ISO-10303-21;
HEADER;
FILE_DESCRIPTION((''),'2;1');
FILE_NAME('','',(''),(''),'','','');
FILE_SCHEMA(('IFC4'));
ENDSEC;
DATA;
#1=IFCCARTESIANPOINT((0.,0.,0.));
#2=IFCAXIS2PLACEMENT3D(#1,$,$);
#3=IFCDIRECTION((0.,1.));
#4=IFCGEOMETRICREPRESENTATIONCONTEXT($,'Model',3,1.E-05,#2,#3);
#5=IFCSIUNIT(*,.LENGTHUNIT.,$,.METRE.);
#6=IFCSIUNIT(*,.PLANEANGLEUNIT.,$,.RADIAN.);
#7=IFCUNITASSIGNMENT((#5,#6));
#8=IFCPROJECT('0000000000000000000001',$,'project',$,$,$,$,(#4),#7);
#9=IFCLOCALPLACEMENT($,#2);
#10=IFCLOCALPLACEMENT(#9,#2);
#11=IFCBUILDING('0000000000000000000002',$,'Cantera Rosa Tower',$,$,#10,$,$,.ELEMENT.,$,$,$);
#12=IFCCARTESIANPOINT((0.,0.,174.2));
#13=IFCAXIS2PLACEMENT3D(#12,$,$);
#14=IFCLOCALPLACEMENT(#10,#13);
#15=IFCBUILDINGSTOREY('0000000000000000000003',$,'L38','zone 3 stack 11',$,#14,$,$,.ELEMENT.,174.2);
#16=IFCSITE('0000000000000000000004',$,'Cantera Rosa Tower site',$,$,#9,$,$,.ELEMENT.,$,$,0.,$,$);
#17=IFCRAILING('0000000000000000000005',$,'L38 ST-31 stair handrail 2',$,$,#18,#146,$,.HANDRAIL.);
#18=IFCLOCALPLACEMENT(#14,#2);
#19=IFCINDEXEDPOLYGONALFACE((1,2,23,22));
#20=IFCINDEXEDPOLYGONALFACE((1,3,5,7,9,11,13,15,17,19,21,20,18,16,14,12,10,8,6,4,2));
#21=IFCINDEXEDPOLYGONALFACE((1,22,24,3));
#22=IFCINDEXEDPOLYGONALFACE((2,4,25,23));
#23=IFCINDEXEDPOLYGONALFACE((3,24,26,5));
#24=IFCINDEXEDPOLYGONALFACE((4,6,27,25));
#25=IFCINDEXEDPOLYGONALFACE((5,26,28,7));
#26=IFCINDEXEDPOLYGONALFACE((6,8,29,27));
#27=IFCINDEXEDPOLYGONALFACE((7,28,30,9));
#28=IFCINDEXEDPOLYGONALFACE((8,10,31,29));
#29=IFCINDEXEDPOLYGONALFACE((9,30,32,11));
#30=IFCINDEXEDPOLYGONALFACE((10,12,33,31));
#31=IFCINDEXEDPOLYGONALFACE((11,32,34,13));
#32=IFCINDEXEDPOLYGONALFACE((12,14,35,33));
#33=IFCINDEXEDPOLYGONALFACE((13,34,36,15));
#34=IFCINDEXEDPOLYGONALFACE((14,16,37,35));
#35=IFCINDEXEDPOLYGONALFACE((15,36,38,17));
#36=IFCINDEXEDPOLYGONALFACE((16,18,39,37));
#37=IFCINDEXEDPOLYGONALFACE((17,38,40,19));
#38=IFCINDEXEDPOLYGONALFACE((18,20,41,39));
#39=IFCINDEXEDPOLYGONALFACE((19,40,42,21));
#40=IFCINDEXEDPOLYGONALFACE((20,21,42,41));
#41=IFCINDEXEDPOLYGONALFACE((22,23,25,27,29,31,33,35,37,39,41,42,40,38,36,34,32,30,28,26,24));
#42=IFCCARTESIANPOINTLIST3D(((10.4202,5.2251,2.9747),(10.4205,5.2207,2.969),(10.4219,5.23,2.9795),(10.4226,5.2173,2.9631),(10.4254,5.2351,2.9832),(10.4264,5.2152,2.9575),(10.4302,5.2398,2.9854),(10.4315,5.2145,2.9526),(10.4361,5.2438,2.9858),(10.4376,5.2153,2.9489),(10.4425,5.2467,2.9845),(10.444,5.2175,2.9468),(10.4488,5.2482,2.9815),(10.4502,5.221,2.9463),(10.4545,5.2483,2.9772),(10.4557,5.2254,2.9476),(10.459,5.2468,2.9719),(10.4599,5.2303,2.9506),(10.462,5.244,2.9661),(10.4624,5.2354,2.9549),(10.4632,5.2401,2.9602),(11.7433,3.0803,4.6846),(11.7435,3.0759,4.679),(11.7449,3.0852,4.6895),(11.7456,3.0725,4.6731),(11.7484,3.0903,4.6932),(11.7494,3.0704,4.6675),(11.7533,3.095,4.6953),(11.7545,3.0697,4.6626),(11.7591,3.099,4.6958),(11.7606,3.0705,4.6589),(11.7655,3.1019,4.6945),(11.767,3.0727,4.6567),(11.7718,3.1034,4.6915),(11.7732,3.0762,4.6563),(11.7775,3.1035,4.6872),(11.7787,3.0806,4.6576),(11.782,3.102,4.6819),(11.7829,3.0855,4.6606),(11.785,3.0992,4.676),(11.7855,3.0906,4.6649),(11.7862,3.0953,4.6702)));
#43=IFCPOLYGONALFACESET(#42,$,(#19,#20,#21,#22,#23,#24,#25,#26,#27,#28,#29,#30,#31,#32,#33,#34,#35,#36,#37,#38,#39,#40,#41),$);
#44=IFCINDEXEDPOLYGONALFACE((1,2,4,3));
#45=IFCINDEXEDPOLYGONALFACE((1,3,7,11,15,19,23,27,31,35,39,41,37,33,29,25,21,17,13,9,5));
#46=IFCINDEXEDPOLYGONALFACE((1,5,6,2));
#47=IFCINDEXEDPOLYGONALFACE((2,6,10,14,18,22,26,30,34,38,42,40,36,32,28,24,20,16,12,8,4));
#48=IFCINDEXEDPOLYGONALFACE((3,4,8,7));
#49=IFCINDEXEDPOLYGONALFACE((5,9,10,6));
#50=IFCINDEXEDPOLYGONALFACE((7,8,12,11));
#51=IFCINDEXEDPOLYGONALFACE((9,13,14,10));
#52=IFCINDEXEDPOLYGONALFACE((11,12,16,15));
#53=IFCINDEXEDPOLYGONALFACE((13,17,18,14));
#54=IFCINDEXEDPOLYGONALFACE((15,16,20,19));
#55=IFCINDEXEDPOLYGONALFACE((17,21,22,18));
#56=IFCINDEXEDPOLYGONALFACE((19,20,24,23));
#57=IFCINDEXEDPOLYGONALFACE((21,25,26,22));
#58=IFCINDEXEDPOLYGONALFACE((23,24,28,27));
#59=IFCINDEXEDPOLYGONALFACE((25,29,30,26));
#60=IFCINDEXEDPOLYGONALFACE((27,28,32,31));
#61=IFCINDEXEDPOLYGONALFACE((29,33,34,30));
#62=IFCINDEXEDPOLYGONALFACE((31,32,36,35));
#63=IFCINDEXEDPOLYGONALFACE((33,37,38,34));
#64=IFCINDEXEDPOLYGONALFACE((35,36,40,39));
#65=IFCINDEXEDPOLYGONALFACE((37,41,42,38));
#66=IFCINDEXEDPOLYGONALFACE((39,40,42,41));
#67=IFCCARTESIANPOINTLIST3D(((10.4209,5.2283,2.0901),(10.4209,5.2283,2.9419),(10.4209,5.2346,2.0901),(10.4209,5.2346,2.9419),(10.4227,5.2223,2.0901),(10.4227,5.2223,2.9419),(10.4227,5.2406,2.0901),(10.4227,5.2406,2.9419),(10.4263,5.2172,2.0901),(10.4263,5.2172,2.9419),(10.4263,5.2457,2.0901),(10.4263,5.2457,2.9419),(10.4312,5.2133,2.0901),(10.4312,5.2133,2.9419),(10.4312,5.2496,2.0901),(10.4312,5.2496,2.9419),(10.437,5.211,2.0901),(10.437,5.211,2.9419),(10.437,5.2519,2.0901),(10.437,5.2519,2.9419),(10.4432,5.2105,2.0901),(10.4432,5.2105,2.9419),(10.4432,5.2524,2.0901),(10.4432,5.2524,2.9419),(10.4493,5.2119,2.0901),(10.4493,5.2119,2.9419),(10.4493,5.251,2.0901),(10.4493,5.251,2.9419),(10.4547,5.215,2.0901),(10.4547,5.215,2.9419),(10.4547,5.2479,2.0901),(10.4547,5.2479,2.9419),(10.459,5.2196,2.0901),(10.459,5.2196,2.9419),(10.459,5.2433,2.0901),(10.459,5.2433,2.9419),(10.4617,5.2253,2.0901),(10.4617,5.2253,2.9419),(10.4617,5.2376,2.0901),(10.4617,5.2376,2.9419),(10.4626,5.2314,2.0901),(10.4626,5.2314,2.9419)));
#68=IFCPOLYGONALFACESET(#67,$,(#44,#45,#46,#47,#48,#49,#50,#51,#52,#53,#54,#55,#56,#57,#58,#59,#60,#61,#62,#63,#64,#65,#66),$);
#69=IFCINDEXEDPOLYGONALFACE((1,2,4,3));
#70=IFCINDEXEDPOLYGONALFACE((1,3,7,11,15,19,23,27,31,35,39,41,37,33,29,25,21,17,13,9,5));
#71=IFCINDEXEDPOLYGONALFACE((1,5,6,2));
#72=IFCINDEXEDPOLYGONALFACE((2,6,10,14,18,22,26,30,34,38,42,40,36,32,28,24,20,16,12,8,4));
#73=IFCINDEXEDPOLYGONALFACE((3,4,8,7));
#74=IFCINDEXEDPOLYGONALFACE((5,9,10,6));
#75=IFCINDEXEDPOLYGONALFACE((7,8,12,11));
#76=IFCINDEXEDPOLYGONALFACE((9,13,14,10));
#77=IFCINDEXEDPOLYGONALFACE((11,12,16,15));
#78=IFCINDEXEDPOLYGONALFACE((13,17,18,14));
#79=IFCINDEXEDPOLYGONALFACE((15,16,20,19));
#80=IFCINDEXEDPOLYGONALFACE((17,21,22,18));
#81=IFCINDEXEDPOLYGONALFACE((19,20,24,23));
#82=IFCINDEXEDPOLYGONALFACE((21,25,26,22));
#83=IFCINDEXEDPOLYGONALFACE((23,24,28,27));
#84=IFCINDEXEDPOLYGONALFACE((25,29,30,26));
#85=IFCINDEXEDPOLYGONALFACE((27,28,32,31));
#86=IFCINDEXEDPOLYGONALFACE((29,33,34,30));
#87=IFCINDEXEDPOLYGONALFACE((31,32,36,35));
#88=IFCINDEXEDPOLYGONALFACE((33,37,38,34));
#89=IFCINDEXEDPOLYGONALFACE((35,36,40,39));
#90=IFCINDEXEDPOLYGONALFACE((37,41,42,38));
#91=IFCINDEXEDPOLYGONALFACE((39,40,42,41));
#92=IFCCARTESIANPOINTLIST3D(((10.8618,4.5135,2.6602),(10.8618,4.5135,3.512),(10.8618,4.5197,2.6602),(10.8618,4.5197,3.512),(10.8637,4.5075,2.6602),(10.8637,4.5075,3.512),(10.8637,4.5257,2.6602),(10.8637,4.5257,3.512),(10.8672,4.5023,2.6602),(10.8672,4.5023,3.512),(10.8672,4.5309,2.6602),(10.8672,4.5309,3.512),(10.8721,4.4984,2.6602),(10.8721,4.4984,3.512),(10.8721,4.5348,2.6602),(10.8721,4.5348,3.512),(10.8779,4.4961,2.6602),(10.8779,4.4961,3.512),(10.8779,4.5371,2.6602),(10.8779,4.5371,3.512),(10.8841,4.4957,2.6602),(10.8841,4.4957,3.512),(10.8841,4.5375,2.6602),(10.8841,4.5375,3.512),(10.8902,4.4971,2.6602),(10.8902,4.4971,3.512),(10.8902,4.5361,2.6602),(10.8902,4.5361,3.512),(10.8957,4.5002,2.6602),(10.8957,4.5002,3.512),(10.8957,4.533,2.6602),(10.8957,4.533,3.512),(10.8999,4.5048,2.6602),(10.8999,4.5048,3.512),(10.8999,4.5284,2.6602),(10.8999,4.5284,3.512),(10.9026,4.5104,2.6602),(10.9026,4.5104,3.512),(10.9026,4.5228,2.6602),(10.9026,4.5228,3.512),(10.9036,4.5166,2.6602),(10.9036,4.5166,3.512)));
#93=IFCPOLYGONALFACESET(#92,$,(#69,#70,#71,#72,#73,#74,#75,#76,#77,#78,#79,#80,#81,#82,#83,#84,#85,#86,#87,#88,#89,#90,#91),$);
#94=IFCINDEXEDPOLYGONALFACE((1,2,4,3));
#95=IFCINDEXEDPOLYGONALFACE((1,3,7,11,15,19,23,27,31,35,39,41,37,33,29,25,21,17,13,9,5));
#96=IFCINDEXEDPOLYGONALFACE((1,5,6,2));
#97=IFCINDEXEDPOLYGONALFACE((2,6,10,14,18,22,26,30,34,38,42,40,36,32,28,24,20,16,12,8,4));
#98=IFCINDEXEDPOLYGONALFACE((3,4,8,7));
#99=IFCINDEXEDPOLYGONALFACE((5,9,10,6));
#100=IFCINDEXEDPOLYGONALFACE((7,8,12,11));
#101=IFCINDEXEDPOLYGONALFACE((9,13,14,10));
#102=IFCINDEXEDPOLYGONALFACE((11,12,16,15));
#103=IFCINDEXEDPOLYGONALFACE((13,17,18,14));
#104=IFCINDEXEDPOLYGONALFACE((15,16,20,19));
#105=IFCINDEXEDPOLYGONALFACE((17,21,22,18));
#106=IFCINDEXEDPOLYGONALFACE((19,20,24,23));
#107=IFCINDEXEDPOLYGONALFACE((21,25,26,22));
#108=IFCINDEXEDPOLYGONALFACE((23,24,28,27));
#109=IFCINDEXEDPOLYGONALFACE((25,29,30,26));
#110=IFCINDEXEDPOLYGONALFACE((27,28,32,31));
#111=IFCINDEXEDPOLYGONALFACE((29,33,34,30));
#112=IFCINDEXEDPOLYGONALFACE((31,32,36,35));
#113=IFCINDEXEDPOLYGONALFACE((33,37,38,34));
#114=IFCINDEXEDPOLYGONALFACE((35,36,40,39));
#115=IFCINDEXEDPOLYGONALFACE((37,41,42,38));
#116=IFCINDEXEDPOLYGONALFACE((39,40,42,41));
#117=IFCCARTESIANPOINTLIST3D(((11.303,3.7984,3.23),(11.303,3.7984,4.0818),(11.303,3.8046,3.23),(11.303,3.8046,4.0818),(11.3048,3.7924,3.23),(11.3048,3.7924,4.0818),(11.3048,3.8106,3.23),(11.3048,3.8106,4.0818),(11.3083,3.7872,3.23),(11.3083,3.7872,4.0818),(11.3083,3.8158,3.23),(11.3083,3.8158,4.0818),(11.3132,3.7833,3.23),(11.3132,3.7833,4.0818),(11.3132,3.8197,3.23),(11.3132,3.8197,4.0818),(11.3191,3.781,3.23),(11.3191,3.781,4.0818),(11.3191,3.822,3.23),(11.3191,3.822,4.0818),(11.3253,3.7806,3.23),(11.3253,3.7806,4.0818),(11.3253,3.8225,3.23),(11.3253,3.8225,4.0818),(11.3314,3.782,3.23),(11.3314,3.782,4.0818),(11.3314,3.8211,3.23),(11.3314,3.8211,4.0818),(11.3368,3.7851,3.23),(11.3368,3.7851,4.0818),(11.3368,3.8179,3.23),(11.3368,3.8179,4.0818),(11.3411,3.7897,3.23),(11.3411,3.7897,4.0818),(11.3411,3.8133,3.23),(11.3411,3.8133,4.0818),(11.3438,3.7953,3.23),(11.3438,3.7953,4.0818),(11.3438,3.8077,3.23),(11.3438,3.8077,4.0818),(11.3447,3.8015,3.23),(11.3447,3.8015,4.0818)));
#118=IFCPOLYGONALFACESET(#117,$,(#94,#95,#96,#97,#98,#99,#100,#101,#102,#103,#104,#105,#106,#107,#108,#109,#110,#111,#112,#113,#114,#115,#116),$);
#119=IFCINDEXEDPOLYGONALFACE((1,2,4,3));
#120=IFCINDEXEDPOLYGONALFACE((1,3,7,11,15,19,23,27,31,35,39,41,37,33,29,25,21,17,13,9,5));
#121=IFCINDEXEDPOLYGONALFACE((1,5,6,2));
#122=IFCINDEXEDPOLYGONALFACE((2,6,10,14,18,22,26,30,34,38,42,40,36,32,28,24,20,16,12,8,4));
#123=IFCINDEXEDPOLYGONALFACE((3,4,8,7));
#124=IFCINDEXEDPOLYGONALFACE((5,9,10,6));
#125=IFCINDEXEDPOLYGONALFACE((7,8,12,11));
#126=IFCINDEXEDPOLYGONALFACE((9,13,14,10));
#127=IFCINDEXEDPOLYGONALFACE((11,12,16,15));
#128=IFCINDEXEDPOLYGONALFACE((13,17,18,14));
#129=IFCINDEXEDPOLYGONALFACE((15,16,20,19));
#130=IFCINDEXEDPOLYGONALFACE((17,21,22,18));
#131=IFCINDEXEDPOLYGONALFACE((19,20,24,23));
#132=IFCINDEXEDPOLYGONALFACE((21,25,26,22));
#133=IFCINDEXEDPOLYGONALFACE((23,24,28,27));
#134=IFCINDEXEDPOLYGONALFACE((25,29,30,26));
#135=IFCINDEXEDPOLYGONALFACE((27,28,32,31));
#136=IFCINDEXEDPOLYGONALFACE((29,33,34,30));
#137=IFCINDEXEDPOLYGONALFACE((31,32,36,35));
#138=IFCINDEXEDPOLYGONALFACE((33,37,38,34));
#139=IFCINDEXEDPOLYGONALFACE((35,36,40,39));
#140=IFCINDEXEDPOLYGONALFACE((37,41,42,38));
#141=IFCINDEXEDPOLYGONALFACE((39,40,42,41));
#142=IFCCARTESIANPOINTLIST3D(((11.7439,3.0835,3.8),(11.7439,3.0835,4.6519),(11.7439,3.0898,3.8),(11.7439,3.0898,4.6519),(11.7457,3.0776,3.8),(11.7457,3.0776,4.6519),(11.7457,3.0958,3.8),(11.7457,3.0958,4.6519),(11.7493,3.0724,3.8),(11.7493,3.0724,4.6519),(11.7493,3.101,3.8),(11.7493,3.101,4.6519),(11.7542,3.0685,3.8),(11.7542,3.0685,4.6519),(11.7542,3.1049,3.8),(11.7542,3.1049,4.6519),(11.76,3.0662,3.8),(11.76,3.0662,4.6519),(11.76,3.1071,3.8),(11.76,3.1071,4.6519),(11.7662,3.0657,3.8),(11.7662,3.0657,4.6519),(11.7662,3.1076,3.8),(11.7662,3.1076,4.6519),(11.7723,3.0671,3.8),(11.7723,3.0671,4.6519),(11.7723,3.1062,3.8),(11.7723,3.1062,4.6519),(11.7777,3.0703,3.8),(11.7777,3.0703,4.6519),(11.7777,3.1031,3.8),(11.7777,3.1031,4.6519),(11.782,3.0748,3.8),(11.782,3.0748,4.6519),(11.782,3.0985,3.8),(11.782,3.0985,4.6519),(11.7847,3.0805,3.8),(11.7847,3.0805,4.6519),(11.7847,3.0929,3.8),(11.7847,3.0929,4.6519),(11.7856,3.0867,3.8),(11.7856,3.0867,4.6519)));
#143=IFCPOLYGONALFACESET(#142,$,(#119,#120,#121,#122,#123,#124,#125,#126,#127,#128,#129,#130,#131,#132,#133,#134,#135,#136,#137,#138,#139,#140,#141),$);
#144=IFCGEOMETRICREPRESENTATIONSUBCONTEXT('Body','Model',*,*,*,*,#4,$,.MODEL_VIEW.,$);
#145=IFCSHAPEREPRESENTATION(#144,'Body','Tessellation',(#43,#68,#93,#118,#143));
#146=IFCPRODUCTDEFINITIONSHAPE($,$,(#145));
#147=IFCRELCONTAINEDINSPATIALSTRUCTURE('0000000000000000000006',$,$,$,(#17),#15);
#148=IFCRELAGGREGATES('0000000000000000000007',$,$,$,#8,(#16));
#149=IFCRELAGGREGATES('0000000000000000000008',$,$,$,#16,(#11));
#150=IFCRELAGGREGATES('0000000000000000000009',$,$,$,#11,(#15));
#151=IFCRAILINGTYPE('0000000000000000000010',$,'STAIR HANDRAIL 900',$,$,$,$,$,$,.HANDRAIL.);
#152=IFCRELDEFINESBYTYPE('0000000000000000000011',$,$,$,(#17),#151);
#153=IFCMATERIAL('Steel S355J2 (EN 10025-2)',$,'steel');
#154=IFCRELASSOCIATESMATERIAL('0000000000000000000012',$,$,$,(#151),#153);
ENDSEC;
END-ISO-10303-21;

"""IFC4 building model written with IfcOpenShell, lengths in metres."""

from ifc_helpers import new_model, si_unit, direction, frame, origin, origin_2d, place, context, subcontext, project, spatial, circle, extrude, material, type_object, element, save


model = new_model("IFC4")

# Units and contexts
model_context = context("Model", 3, precision=1e-05, world=origin(), true_north=direction((0.0, 1.0)))
body_context = subcontext(model_context, "Body", "Model", "MODEL_VIEW")
ifc_project = project(units=[si_unit("LENGTHUNIT", "METRE"), si_unit("PLANEANGLEUNIT", "RADIAN")], contexts=[model_context])

# Site, building, storey
site_placement = place(None, origin())
site = spatial("IfcSite", under=ifc_project, at=site_placement, Name="Cantera Rosa Tower site", CompositionType="ELEMENT", RefElevation=0.0)
building_placement = place(site_placement, origin())
building = spatial("IfcBuilding", under=site, at=building_placement, Name="Cantera Rosa Tower", CompositionType="ELEMENT")
storey_placement = place(building_placement, frame((0.0, 0.0, 174.2)))
storey = spatial("IfcBuildingStorey", under=building, at=storey_placement, Name="L38", Description="zone 3 stack 11", CompositionType="ELEMENT", Elevation=174.2)

# Railing
ifc_material_1 = material(Name="Steel S355J2 (EN 10025-2)", Category="steel")
railing_type_1 = type_object("IfcRailingType", Name="STAIR HANDRAIL 900", PredefinedType="HANDRAIL", material=ifc_material_1)
railing_1_placement = place(storey_placement, frame((10.4417, 5.2314, 2.0901)))
element("IfcRailing", 1, at=railing_1_placement, inside=storey, type_object=railing_type_1, Name="L38 ST-31 stair handrail 2", PredefinedType="HANDRAIL", context=body_context, shape_type="SweptSolid", body=[
    extrude(circle(Radius=0.0239, at=origin_2d()), frame((0.0, 0.0, 0.876), z_axis=(0.434428, -0.704271, 0.561493), x_axis=(0.851102, 0.525, 0.0)), (0.0, 0.0, 1.0), 3.0454),
    extrude(circle(Radius=0.021, at=origin_2d()), origin(), (0.0, 0.0, 1.0), 0.8518),
    extrude(circle(Radius=0.021, at=origin_2d()), frame((0.4409, -0.7148, 0.5701)), (0.0, 0.0, 1.0), 0.8518),
    extrude(circle(Radius=0.021, at=origin_2d()), frame((0.8821, -1.4299, 1.1399)), (0.0, 0.0, 1.0), 0.8518),
    extrude(circle(Radius=0.021, at=origin_2d()), frame((1.323, -2.1448, 1.71)), (0.0, 0.0, 1.0), 0.8518),
])

save(model, "model.ifc")
